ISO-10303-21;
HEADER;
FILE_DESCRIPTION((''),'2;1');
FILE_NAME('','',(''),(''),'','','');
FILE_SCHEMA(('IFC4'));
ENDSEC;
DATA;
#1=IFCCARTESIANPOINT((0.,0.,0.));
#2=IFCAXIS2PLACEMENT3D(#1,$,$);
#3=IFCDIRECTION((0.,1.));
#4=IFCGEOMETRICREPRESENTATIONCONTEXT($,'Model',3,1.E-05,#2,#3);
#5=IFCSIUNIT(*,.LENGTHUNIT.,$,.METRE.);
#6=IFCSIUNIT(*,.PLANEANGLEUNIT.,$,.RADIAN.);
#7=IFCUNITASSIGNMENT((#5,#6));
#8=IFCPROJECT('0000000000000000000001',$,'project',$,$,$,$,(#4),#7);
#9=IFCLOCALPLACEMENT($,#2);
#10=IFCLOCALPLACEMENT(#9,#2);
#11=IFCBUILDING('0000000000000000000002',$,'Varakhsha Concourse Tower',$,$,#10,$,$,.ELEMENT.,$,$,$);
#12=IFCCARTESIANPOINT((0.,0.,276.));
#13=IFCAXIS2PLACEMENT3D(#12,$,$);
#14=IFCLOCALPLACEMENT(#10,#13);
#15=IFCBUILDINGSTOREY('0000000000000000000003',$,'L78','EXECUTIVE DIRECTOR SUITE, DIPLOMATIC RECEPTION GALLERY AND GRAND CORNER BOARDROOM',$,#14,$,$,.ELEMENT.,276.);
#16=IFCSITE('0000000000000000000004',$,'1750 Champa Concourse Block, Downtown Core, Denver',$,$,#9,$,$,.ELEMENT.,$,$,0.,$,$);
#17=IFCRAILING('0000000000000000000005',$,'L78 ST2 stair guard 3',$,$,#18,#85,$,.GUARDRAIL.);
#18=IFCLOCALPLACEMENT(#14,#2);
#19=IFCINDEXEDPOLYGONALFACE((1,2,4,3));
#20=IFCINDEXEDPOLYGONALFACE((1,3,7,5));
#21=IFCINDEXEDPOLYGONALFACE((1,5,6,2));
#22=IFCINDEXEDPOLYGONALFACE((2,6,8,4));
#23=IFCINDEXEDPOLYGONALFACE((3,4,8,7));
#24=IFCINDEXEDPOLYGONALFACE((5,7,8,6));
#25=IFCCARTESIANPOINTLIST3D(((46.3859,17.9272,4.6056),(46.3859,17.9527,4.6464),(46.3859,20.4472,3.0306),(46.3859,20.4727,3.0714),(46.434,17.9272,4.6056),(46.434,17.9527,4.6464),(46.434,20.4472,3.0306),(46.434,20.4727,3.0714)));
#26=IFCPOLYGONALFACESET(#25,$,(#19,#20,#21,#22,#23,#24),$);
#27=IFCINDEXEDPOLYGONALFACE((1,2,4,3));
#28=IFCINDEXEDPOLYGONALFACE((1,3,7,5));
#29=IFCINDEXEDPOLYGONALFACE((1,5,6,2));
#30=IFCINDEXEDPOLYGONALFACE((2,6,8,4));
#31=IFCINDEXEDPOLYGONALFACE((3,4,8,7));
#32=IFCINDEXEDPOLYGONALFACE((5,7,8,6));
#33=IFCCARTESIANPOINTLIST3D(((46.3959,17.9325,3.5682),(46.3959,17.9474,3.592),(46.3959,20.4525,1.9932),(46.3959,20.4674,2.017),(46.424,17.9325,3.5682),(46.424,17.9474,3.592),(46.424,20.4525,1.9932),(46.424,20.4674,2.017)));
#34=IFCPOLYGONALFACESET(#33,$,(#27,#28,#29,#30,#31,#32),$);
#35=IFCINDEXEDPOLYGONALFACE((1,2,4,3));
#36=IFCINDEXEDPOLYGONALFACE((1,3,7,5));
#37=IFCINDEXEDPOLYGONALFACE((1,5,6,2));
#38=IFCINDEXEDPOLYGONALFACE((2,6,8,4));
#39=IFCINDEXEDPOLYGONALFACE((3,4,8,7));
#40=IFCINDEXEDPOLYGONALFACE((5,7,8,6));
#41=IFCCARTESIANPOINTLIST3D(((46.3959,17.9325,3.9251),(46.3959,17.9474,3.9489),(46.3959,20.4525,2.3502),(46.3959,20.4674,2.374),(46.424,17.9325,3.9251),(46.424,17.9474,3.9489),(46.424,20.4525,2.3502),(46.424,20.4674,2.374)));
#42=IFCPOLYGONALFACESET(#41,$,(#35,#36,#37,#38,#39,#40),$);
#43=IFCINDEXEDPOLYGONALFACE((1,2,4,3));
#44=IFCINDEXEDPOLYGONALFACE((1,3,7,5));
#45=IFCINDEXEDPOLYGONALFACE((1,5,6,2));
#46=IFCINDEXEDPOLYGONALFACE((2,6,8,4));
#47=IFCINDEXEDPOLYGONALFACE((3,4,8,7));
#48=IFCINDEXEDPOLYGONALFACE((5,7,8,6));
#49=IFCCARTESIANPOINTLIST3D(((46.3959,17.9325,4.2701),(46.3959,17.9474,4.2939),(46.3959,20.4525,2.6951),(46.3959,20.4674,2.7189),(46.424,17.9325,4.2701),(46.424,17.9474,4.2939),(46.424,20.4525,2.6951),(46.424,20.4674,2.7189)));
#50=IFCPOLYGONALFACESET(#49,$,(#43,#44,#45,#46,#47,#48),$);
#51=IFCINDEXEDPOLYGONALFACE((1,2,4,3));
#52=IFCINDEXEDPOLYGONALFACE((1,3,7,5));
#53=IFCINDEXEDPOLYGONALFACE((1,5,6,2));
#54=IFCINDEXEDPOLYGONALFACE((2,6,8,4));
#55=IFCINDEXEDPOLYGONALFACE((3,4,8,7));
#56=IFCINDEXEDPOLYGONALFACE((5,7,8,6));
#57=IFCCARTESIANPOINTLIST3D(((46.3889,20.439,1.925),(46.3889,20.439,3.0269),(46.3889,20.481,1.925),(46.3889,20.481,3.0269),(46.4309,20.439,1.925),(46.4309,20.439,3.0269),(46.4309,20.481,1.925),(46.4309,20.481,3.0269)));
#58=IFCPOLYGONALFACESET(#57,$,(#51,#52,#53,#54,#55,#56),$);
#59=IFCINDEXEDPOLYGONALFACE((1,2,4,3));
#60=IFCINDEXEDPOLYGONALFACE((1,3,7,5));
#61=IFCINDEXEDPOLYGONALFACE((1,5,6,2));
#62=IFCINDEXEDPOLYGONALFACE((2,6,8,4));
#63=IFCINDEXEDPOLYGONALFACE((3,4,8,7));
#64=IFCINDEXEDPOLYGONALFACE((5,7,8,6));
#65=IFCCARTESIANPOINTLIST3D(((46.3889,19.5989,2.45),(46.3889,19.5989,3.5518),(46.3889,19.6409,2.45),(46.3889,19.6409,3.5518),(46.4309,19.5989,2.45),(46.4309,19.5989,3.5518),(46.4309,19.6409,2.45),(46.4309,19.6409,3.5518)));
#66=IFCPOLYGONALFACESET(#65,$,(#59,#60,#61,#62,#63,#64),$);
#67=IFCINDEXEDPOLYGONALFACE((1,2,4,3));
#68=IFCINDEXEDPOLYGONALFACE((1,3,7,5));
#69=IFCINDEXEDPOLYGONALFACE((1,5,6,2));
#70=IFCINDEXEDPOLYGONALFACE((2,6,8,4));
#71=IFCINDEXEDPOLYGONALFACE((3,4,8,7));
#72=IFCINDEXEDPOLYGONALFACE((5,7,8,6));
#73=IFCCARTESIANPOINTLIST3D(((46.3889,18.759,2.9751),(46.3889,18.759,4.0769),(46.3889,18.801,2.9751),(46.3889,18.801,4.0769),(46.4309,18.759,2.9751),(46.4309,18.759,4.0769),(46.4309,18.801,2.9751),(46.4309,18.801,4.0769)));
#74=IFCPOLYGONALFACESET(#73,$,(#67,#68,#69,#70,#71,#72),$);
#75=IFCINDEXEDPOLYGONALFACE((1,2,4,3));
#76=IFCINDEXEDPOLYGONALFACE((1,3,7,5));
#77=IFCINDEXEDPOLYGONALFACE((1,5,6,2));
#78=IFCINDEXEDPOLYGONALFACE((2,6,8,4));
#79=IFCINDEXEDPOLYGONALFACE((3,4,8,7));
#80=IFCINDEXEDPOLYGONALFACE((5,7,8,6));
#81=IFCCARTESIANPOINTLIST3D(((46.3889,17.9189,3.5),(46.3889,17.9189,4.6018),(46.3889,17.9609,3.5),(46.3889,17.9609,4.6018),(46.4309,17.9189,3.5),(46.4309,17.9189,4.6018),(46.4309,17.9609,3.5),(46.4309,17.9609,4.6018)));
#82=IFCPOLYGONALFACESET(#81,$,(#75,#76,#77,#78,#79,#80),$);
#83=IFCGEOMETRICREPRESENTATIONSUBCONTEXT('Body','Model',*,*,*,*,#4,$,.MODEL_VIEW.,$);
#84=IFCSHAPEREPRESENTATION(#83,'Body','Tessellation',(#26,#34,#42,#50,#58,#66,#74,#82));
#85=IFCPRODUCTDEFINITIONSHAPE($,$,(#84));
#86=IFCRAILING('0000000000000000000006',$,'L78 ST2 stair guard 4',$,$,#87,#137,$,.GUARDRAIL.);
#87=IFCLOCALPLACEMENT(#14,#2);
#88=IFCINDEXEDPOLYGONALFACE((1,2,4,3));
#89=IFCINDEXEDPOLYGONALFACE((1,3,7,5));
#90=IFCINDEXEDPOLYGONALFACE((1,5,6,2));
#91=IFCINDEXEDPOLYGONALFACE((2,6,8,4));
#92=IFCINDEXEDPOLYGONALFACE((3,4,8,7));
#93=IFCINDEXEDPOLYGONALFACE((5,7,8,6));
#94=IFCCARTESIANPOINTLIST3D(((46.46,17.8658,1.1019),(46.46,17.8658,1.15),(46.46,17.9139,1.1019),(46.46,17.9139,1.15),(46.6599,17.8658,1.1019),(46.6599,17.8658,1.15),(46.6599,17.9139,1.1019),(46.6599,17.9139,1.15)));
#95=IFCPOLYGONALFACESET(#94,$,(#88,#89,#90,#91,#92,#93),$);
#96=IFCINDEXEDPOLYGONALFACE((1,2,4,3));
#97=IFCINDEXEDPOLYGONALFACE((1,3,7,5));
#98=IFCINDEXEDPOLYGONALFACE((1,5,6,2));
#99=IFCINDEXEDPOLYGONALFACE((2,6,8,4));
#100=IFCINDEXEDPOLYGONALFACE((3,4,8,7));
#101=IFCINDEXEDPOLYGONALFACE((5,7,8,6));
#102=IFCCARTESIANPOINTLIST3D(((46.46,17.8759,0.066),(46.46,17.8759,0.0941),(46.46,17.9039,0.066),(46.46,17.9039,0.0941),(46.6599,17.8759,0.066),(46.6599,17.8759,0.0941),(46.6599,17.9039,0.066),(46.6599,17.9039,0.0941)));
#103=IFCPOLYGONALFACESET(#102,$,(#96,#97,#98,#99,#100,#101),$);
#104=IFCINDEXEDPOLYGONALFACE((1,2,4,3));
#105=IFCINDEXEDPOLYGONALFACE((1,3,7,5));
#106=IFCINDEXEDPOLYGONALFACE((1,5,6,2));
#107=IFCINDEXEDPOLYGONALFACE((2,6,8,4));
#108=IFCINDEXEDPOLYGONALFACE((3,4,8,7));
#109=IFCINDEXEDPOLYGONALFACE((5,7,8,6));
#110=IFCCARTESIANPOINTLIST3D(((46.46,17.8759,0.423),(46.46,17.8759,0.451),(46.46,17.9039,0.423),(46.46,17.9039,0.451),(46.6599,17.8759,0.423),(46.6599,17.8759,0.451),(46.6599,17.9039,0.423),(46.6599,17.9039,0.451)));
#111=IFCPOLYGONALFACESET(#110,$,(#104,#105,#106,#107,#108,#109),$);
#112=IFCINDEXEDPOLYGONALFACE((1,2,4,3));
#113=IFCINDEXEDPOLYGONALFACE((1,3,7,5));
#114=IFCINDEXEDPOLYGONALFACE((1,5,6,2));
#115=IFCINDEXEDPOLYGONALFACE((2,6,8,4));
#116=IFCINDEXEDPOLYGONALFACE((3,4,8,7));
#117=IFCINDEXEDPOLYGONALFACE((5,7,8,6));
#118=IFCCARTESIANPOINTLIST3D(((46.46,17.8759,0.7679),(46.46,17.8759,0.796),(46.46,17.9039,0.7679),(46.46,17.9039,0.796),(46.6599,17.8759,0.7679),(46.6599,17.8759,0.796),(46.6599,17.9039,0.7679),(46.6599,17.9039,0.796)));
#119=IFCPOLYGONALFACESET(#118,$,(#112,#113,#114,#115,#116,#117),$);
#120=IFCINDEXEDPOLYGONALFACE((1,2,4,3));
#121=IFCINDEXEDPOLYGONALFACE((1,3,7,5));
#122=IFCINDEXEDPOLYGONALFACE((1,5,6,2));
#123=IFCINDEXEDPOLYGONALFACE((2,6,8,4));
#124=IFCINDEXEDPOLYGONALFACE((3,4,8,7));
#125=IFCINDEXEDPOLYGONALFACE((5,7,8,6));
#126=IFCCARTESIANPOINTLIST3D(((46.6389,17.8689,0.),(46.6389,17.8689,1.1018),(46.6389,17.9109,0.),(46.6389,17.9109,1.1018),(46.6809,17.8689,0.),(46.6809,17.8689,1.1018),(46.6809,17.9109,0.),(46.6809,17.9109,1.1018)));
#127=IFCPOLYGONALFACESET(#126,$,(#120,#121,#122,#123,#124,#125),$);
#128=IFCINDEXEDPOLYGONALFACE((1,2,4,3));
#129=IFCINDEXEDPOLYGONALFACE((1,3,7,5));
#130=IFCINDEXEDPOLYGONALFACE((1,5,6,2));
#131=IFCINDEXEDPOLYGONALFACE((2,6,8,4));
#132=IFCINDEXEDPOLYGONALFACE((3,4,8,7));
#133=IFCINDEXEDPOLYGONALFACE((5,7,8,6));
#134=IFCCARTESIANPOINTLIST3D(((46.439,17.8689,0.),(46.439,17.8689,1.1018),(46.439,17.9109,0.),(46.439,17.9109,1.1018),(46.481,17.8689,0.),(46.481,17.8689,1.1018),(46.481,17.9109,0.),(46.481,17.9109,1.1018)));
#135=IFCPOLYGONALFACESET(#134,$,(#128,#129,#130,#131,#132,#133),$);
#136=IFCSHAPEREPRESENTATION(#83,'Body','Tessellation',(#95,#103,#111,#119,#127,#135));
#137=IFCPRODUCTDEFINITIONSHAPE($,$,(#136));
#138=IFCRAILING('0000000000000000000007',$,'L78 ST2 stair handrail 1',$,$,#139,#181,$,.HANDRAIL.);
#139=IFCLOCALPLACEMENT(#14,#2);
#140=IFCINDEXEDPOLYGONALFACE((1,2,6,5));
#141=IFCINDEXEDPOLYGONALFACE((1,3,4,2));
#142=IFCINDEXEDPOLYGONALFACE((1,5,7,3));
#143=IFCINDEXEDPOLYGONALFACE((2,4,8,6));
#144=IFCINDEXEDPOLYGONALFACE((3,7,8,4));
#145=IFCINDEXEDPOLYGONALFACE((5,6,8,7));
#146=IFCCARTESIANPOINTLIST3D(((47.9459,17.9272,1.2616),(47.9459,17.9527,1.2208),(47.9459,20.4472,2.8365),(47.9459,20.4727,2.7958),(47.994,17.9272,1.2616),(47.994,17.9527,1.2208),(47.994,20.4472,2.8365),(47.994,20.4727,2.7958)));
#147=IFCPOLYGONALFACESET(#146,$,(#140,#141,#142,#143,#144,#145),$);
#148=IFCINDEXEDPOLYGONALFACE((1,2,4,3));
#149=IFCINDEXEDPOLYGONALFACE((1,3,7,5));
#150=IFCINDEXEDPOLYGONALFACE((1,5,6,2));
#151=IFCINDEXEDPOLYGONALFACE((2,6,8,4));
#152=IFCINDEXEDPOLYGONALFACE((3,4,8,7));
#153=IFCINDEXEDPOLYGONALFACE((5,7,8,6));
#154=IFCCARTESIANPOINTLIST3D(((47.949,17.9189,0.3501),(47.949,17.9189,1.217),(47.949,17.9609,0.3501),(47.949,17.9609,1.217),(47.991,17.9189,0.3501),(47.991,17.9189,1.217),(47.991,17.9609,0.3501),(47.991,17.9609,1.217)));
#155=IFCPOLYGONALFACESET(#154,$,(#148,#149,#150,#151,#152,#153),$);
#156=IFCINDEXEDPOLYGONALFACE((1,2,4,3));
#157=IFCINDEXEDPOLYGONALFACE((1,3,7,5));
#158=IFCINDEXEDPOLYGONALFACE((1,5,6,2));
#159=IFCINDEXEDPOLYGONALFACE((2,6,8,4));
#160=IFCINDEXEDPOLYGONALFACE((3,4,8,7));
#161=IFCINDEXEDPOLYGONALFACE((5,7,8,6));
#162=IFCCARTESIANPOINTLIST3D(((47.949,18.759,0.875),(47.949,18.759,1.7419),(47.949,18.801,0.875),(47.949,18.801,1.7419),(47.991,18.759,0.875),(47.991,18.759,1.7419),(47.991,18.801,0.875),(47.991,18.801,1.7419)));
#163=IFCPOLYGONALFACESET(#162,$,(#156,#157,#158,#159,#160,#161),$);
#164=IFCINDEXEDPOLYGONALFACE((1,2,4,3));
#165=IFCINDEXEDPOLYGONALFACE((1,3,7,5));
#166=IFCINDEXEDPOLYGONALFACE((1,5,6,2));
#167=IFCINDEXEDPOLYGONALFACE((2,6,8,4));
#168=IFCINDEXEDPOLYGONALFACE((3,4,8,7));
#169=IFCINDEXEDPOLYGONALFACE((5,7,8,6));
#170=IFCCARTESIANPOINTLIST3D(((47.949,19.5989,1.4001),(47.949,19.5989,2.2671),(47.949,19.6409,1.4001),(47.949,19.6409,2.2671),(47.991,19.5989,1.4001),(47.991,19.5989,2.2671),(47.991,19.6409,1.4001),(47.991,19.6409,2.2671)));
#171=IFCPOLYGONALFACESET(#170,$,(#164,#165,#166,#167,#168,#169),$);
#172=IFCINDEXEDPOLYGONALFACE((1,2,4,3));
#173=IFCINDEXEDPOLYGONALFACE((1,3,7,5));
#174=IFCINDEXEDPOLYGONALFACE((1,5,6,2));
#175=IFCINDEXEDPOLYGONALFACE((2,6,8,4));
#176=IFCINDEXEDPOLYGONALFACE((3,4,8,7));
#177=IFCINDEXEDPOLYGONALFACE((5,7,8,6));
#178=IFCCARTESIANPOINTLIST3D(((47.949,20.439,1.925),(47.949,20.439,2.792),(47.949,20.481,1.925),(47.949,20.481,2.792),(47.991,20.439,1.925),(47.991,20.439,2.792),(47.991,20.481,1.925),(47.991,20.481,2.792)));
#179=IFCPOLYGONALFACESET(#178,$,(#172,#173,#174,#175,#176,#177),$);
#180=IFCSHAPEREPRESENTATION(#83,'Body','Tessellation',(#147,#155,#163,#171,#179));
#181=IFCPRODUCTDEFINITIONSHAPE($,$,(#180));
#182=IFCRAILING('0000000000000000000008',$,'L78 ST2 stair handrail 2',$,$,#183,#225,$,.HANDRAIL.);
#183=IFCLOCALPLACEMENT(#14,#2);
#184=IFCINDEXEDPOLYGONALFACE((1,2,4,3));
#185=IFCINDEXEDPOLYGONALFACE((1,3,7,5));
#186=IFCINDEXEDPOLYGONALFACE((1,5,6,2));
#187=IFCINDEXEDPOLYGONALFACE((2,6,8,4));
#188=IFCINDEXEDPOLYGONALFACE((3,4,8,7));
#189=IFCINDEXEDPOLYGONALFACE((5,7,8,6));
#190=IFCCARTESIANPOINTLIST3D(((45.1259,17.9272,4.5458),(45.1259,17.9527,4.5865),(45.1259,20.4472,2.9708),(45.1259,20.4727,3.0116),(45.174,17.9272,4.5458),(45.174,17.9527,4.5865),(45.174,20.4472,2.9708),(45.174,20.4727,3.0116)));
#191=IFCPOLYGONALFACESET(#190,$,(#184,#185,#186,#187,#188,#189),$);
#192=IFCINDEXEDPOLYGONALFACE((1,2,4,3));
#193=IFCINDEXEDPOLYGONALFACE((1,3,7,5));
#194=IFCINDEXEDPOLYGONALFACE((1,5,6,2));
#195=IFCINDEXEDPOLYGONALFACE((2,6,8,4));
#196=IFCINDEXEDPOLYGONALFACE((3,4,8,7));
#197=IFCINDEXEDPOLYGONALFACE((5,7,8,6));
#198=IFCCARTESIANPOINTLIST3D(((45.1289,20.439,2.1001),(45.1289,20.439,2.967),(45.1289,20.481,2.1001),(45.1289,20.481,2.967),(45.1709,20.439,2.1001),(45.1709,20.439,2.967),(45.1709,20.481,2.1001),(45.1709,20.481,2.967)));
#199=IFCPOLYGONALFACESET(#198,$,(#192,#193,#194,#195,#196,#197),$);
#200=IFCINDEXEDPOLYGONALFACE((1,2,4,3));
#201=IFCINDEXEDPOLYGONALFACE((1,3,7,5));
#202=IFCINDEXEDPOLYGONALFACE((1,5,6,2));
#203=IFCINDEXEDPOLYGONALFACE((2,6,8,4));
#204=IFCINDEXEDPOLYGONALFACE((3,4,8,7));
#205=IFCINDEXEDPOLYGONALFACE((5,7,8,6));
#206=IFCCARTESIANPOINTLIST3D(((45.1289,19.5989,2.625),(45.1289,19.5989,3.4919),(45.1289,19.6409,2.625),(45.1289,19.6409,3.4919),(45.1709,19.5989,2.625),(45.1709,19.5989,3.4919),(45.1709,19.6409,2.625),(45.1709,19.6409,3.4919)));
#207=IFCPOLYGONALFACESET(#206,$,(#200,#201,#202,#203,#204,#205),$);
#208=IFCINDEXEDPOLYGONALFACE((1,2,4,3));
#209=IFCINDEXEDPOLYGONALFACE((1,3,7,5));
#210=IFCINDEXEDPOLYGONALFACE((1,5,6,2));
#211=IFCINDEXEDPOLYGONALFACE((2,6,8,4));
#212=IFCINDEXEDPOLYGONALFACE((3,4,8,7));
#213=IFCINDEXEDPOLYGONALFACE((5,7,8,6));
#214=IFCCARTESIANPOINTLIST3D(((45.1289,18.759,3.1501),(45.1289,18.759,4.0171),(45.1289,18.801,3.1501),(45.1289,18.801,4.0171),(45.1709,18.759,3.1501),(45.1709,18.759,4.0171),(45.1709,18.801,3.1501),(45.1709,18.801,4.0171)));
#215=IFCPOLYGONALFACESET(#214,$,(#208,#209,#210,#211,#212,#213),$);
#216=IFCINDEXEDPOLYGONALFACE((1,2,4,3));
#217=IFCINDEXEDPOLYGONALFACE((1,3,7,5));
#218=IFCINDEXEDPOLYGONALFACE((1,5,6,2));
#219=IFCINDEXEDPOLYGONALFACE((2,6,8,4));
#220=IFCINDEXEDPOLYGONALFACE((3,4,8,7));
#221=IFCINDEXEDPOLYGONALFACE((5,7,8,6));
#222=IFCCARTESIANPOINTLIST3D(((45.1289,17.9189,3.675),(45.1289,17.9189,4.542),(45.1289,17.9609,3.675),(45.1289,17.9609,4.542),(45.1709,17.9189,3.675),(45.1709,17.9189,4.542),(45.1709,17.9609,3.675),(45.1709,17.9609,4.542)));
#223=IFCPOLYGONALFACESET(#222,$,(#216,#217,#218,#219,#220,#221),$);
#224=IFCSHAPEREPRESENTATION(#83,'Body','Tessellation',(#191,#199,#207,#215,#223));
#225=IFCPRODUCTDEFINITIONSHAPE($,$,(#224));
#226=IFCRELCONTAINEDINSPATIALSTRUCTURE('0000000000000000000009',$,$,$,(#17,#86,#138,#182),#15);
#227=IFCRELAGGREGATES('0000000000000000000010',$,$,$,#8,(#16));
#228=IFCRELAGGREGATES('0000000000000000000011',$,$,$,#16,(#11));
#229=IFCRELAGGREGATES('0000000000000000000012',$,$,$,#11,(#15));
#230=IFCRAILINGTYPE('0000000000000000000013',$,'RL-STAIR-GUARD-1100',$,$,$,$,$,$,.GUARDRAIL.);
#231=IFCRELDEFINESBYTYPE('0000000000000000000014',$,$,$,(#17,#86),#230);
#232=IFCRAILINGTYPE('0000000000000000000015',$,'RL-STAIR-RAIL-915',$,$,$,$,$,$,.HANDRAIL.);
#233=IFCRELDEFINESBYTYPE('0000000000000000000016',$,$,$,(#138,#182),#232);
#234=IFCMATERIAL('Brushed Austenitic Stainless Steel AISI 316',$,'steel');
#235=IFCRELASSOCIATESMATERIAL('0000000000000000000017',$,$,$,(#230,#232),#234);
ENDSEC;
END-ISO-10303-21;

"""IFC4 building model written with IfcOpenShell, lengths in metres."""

from ifc_helpers import new_model, si_unit, direction, frame, origin, origin_2d, place, context, subcontext, project, spatial, rectangle, extrude, material, type_object, element, save


model = new_model("IFC4")

# Units and contexts
model_context = context("Model", 3, precision=1e-05, world=origin(), true_north=direction((0.0, 1.0)))
body_context = subcontext(model_context, "Body", "Model", "MODEL_VIEW")
ifc_project = project(units=[si_unit("LENGTHUNIT", "METRE"), si_unit("PLANEANGLEUNIT", "RADIAN")], contexts=[model_context])

# Site, building, storey
site_placement = place(None, origin())
site = spatial("IfcSite", under=ifc_project, at=site_placement, Name="1750 Champa Concourse Block, Downtown Core, Denver", CompositionType="ELEMENT", RefElevation=0.0)
building_placement = place(site_placement, origin())
building = spatial("IfcBuilding", under=site, at=building_placement, Name="Varakhsha Concourse Tower", CompositionType="ELEMENT")
storey_placement = place(building_placement, frame((0.0, 0.0, 276.0)))
storey = spatial("IfcBuildingStorey", under=building, at=storey_placement, Name="L78", Description="EXECUTIVE DIRECTOR SUITE, DIPLOMATIC RECEPTION GALLERY AND GRAND CORNER BOARDROOM", CompositionType="ELEMENT", Elevation=276.0)

# Railings
ifc_material_1 = material(Name="Brushed Austenitic Stainless Steel AISI 316", Category="steel")
railing_type_1 = type_object("IfcRailingType", Name="RL-STAIR-GUARD-1100", PredefinedType="GUARDRAIL", material=ifc_material_1)
railing_1_placement = place(storey_placement, frame((46.4099, 20.46, 1.925)))
element("IfcRailing", 1, at=railing_1_placement, inside=storey, type_object=railing_type_1, Name="L78 ST2 stair guard 3", PredefinedType="GUARDRAIL", context=body_context, shape_type="SweptSolid", body=[
    extrude(rectangle(XDim=0.0481, YDim=0.0481, at=origin_2d()), frame((0.0, 0.0, 1.126), z_axis=(0.0, -0.848008, 0.529984), x_axis=(1.0, 0.0, 0.0)), (0.0, 0.0, 1.0), 2.9717),
    extrude(rectangle(XDim=0.0281, YDim=0.0281, at=origin_2d()), frame((0.0, 0.0, 0.0801), z_axis=(0.0, -0.848008, 0.529984), x_axis=(1.0, 0.0, 0.0)), (0.0, 0.0, 1.0), 2.9717),
    extrude(rectangle(XDim=0.0281, YDim=0.0281, at=origin_2d()), frame((0.0, 0.0, 0.437), z_axis=(0.0, -0.848008, 0.529984), x_axis=(1.0, 0.0, 0.0)), (0.0, 0.0, 1.0), 2.9717),
    extrude(rectangle(XDim=0.0281, YDim=0.0281, at=origin_2d()), frame((0.0, 0.0, 0.782), z_axis=(0.0, -0.848008, 0.529984), x_axis=(1.0, 0.0, 0.0)), (0.0, 0.0, 1.0), 2.9717),
    extrude(rectangle(XDim=0.042, YDim=0.042, at=origin_2d()), origin(), (0.0, 0.0, 1.0), 1.1018),
    extrude(rectangle(XDim=0.042, YDim=0.042, at=origin_2d()), frame((0.0, -0.8401, 0.5249)), (0.0, 0.0, 1.0), 1.1018),
    extrude(rectangle(XDim=0.042, YDim=0.042, at=origin_2d()), frame((0.0, -1.6799, 1.05)), (0.0, 0.0, 1.0), 1.1018),
    extrude(rectangle(XDim=0.042, YDim=0.042, at=origin_2d()), frame((0.0, -2.52, 1.575)), (0.0, 0.0, 1.0), 1.1018),
])
railing_2_placement = place(storey_placement, frame((46.6599, 17.8899, 0.0)))
element("IfcRailing", 2, at=railing_2_placement, inside=storey, type_object=railing_type_1, Name="L78 ST2 stair guard 4", PredefinedType="GUARDRAIL", context=body_context, shape_type="SweptSolid", body=[
    extrude(rectangle(XDim=0.0481, YDim=0.0481, at=origin_2d()), frame((0.0, 0.0, 1.126), z_axis=(-1.0, 0.0, 0.0), x_axis=(0.0, -1.0, 0.0)), (0.0, 0.0, 1.0), 0.2),
    extrude(rectangle(XDim=0.0281, YDim=0.0281, at=origin_2d()), frame((0.0, 0.0, 0.0801), z_axis=(-1.0, 0.0, 0.0), x_axis=(0.0, -1.0, 0.0)), (0.0, 0.0, 1.0), 0.2),
    extrude(rectangle(XDim=0.0281, YDim=0.0281, at=origin_2d()), frame((0.0, 0.0, 0.437), z_axis=(-1.0, 0.0, 0.0), x_axis=(0.0, -1.0, 0.0)), (0.0, 0.0, 1.0), 0.2),
    extrude(rectangle(XDim=0.0281, YDim=0.0281, at=origin_2d()), frame((0.0, 0.0, 0.782), z_axis=(-1.0, 0.0, 0.0), x_axis=(0.0, -1.0, 0.0)), (0.0, 0.0, 1.0), 0.2),
    extrude(rectangle(XDim=0.042, YDim=0.042, at=origin_2d()), origin(), (0.0, 0.0, 1.0), 1.1018),
    extrude(rectangle(XDim=0.042, YDim=0.042, at=origin_2d()), frame((-0.2, 0.0, 0.0)), (0.0, 0.0, 1.0), 1.1018),
])
railing_type_2 = type_object("IfcRailingType", Name="RL-STAIR-RAIL-915", PredefinedType="HANDRAIL", material=ifc_material_1)
railing_3_placement = place(storey_placement, frame((47.97, 17.9399, 0.3501)))
element("IfcRailing", 3, at=railing_3_placement, inside=storey, type_object=railing_type_2, Name="L78 ST2 stair handrail 1", PredefinedType="HANDRAIL", context=body_context, shape_type="SweptSolid", body=[
    extrude(rectangle(XDim=0.0481, YDim=0.0481, at=origin_2d()), frame((0.0, 0.0, 0.8911), z_axis=(0.0, 0.848008, 0.529984), x_axis=(-1.0, 0.0, 0.0)), (0.0, 0.0, 1.0), 2.9717),
    extrude(rectangle(XDim=0.042, YDim=0.042, at=origin_2d()), origin(), (0.0, 0.0, 1.0), 0.8669),
    extrude(rectangle(XDim=0.042, YDim=0.042, at=origin_2d()), frame((0.0, 0.8401, 0.5249)), (0.0, 0.0, 1.0), 0.8669),
    extrude(rectangle(XDim=0.042, YDim=0.042, at=origin_2d()), frame((0.0, 1.6799, 1.05)), (0.0, 0.0, 1.0), 0.8669),
    extrude(rectangle(XDim=0.042, YDim=0.042, at=origin_2d()), frame((0.0, 2.52, 1.575)), (0.0, 0.0, 1.0), 0.8669),
])
railing_4_placement = place(storey_placement, frame((45.1499, 20.46, 2.1001)))
element("IfcRailing", 4, at=railing_4_placement, inside=storey, type_object=railing_type_2, Name="L78 ST2 stair handrail 2", PredefinedType="HANDRAIL", context=body_context, shape_type="SweptSolid", body=[
    extrude(rectangle(XDim=0.0481, YDim=0.0481, at=origin_2d()), frame((0.0, 0.0, 0.8911), z_axis=(0.0, -0.848008, 0.529984), x_axis=(1.0, 0.0, 0.0)), (0.0, 0.0, 1.0), 2.9717),
    extrude(rectangle(XDim=0.042, YDim=0.042, at=origin_2d()), origin(), (0.0, 0.0, 1.0), 0.8669),
    extrude(rectangle(XDim=0.042, YDim=0.042, at=origin_2d()), frame((0.0, -0.8401, 0.5249)), (0.0, 0.0, 1.0), 0.8669),
    extrude(rectangle(XDim=0.042, YDim=0.042, at=origin_2d()), frame((0.0, -1.6799, 1.05)), (0.0, 0.0, 1.0), 0.8669),
    extrude(rectangle(XDim=0.042, YDim=0.042, at=origin_2d()), frame((0.0, -2.52, 1.575)), (0.0, 0.0, 1.0), 0.8669),
])

save(model, "model.ifc")
